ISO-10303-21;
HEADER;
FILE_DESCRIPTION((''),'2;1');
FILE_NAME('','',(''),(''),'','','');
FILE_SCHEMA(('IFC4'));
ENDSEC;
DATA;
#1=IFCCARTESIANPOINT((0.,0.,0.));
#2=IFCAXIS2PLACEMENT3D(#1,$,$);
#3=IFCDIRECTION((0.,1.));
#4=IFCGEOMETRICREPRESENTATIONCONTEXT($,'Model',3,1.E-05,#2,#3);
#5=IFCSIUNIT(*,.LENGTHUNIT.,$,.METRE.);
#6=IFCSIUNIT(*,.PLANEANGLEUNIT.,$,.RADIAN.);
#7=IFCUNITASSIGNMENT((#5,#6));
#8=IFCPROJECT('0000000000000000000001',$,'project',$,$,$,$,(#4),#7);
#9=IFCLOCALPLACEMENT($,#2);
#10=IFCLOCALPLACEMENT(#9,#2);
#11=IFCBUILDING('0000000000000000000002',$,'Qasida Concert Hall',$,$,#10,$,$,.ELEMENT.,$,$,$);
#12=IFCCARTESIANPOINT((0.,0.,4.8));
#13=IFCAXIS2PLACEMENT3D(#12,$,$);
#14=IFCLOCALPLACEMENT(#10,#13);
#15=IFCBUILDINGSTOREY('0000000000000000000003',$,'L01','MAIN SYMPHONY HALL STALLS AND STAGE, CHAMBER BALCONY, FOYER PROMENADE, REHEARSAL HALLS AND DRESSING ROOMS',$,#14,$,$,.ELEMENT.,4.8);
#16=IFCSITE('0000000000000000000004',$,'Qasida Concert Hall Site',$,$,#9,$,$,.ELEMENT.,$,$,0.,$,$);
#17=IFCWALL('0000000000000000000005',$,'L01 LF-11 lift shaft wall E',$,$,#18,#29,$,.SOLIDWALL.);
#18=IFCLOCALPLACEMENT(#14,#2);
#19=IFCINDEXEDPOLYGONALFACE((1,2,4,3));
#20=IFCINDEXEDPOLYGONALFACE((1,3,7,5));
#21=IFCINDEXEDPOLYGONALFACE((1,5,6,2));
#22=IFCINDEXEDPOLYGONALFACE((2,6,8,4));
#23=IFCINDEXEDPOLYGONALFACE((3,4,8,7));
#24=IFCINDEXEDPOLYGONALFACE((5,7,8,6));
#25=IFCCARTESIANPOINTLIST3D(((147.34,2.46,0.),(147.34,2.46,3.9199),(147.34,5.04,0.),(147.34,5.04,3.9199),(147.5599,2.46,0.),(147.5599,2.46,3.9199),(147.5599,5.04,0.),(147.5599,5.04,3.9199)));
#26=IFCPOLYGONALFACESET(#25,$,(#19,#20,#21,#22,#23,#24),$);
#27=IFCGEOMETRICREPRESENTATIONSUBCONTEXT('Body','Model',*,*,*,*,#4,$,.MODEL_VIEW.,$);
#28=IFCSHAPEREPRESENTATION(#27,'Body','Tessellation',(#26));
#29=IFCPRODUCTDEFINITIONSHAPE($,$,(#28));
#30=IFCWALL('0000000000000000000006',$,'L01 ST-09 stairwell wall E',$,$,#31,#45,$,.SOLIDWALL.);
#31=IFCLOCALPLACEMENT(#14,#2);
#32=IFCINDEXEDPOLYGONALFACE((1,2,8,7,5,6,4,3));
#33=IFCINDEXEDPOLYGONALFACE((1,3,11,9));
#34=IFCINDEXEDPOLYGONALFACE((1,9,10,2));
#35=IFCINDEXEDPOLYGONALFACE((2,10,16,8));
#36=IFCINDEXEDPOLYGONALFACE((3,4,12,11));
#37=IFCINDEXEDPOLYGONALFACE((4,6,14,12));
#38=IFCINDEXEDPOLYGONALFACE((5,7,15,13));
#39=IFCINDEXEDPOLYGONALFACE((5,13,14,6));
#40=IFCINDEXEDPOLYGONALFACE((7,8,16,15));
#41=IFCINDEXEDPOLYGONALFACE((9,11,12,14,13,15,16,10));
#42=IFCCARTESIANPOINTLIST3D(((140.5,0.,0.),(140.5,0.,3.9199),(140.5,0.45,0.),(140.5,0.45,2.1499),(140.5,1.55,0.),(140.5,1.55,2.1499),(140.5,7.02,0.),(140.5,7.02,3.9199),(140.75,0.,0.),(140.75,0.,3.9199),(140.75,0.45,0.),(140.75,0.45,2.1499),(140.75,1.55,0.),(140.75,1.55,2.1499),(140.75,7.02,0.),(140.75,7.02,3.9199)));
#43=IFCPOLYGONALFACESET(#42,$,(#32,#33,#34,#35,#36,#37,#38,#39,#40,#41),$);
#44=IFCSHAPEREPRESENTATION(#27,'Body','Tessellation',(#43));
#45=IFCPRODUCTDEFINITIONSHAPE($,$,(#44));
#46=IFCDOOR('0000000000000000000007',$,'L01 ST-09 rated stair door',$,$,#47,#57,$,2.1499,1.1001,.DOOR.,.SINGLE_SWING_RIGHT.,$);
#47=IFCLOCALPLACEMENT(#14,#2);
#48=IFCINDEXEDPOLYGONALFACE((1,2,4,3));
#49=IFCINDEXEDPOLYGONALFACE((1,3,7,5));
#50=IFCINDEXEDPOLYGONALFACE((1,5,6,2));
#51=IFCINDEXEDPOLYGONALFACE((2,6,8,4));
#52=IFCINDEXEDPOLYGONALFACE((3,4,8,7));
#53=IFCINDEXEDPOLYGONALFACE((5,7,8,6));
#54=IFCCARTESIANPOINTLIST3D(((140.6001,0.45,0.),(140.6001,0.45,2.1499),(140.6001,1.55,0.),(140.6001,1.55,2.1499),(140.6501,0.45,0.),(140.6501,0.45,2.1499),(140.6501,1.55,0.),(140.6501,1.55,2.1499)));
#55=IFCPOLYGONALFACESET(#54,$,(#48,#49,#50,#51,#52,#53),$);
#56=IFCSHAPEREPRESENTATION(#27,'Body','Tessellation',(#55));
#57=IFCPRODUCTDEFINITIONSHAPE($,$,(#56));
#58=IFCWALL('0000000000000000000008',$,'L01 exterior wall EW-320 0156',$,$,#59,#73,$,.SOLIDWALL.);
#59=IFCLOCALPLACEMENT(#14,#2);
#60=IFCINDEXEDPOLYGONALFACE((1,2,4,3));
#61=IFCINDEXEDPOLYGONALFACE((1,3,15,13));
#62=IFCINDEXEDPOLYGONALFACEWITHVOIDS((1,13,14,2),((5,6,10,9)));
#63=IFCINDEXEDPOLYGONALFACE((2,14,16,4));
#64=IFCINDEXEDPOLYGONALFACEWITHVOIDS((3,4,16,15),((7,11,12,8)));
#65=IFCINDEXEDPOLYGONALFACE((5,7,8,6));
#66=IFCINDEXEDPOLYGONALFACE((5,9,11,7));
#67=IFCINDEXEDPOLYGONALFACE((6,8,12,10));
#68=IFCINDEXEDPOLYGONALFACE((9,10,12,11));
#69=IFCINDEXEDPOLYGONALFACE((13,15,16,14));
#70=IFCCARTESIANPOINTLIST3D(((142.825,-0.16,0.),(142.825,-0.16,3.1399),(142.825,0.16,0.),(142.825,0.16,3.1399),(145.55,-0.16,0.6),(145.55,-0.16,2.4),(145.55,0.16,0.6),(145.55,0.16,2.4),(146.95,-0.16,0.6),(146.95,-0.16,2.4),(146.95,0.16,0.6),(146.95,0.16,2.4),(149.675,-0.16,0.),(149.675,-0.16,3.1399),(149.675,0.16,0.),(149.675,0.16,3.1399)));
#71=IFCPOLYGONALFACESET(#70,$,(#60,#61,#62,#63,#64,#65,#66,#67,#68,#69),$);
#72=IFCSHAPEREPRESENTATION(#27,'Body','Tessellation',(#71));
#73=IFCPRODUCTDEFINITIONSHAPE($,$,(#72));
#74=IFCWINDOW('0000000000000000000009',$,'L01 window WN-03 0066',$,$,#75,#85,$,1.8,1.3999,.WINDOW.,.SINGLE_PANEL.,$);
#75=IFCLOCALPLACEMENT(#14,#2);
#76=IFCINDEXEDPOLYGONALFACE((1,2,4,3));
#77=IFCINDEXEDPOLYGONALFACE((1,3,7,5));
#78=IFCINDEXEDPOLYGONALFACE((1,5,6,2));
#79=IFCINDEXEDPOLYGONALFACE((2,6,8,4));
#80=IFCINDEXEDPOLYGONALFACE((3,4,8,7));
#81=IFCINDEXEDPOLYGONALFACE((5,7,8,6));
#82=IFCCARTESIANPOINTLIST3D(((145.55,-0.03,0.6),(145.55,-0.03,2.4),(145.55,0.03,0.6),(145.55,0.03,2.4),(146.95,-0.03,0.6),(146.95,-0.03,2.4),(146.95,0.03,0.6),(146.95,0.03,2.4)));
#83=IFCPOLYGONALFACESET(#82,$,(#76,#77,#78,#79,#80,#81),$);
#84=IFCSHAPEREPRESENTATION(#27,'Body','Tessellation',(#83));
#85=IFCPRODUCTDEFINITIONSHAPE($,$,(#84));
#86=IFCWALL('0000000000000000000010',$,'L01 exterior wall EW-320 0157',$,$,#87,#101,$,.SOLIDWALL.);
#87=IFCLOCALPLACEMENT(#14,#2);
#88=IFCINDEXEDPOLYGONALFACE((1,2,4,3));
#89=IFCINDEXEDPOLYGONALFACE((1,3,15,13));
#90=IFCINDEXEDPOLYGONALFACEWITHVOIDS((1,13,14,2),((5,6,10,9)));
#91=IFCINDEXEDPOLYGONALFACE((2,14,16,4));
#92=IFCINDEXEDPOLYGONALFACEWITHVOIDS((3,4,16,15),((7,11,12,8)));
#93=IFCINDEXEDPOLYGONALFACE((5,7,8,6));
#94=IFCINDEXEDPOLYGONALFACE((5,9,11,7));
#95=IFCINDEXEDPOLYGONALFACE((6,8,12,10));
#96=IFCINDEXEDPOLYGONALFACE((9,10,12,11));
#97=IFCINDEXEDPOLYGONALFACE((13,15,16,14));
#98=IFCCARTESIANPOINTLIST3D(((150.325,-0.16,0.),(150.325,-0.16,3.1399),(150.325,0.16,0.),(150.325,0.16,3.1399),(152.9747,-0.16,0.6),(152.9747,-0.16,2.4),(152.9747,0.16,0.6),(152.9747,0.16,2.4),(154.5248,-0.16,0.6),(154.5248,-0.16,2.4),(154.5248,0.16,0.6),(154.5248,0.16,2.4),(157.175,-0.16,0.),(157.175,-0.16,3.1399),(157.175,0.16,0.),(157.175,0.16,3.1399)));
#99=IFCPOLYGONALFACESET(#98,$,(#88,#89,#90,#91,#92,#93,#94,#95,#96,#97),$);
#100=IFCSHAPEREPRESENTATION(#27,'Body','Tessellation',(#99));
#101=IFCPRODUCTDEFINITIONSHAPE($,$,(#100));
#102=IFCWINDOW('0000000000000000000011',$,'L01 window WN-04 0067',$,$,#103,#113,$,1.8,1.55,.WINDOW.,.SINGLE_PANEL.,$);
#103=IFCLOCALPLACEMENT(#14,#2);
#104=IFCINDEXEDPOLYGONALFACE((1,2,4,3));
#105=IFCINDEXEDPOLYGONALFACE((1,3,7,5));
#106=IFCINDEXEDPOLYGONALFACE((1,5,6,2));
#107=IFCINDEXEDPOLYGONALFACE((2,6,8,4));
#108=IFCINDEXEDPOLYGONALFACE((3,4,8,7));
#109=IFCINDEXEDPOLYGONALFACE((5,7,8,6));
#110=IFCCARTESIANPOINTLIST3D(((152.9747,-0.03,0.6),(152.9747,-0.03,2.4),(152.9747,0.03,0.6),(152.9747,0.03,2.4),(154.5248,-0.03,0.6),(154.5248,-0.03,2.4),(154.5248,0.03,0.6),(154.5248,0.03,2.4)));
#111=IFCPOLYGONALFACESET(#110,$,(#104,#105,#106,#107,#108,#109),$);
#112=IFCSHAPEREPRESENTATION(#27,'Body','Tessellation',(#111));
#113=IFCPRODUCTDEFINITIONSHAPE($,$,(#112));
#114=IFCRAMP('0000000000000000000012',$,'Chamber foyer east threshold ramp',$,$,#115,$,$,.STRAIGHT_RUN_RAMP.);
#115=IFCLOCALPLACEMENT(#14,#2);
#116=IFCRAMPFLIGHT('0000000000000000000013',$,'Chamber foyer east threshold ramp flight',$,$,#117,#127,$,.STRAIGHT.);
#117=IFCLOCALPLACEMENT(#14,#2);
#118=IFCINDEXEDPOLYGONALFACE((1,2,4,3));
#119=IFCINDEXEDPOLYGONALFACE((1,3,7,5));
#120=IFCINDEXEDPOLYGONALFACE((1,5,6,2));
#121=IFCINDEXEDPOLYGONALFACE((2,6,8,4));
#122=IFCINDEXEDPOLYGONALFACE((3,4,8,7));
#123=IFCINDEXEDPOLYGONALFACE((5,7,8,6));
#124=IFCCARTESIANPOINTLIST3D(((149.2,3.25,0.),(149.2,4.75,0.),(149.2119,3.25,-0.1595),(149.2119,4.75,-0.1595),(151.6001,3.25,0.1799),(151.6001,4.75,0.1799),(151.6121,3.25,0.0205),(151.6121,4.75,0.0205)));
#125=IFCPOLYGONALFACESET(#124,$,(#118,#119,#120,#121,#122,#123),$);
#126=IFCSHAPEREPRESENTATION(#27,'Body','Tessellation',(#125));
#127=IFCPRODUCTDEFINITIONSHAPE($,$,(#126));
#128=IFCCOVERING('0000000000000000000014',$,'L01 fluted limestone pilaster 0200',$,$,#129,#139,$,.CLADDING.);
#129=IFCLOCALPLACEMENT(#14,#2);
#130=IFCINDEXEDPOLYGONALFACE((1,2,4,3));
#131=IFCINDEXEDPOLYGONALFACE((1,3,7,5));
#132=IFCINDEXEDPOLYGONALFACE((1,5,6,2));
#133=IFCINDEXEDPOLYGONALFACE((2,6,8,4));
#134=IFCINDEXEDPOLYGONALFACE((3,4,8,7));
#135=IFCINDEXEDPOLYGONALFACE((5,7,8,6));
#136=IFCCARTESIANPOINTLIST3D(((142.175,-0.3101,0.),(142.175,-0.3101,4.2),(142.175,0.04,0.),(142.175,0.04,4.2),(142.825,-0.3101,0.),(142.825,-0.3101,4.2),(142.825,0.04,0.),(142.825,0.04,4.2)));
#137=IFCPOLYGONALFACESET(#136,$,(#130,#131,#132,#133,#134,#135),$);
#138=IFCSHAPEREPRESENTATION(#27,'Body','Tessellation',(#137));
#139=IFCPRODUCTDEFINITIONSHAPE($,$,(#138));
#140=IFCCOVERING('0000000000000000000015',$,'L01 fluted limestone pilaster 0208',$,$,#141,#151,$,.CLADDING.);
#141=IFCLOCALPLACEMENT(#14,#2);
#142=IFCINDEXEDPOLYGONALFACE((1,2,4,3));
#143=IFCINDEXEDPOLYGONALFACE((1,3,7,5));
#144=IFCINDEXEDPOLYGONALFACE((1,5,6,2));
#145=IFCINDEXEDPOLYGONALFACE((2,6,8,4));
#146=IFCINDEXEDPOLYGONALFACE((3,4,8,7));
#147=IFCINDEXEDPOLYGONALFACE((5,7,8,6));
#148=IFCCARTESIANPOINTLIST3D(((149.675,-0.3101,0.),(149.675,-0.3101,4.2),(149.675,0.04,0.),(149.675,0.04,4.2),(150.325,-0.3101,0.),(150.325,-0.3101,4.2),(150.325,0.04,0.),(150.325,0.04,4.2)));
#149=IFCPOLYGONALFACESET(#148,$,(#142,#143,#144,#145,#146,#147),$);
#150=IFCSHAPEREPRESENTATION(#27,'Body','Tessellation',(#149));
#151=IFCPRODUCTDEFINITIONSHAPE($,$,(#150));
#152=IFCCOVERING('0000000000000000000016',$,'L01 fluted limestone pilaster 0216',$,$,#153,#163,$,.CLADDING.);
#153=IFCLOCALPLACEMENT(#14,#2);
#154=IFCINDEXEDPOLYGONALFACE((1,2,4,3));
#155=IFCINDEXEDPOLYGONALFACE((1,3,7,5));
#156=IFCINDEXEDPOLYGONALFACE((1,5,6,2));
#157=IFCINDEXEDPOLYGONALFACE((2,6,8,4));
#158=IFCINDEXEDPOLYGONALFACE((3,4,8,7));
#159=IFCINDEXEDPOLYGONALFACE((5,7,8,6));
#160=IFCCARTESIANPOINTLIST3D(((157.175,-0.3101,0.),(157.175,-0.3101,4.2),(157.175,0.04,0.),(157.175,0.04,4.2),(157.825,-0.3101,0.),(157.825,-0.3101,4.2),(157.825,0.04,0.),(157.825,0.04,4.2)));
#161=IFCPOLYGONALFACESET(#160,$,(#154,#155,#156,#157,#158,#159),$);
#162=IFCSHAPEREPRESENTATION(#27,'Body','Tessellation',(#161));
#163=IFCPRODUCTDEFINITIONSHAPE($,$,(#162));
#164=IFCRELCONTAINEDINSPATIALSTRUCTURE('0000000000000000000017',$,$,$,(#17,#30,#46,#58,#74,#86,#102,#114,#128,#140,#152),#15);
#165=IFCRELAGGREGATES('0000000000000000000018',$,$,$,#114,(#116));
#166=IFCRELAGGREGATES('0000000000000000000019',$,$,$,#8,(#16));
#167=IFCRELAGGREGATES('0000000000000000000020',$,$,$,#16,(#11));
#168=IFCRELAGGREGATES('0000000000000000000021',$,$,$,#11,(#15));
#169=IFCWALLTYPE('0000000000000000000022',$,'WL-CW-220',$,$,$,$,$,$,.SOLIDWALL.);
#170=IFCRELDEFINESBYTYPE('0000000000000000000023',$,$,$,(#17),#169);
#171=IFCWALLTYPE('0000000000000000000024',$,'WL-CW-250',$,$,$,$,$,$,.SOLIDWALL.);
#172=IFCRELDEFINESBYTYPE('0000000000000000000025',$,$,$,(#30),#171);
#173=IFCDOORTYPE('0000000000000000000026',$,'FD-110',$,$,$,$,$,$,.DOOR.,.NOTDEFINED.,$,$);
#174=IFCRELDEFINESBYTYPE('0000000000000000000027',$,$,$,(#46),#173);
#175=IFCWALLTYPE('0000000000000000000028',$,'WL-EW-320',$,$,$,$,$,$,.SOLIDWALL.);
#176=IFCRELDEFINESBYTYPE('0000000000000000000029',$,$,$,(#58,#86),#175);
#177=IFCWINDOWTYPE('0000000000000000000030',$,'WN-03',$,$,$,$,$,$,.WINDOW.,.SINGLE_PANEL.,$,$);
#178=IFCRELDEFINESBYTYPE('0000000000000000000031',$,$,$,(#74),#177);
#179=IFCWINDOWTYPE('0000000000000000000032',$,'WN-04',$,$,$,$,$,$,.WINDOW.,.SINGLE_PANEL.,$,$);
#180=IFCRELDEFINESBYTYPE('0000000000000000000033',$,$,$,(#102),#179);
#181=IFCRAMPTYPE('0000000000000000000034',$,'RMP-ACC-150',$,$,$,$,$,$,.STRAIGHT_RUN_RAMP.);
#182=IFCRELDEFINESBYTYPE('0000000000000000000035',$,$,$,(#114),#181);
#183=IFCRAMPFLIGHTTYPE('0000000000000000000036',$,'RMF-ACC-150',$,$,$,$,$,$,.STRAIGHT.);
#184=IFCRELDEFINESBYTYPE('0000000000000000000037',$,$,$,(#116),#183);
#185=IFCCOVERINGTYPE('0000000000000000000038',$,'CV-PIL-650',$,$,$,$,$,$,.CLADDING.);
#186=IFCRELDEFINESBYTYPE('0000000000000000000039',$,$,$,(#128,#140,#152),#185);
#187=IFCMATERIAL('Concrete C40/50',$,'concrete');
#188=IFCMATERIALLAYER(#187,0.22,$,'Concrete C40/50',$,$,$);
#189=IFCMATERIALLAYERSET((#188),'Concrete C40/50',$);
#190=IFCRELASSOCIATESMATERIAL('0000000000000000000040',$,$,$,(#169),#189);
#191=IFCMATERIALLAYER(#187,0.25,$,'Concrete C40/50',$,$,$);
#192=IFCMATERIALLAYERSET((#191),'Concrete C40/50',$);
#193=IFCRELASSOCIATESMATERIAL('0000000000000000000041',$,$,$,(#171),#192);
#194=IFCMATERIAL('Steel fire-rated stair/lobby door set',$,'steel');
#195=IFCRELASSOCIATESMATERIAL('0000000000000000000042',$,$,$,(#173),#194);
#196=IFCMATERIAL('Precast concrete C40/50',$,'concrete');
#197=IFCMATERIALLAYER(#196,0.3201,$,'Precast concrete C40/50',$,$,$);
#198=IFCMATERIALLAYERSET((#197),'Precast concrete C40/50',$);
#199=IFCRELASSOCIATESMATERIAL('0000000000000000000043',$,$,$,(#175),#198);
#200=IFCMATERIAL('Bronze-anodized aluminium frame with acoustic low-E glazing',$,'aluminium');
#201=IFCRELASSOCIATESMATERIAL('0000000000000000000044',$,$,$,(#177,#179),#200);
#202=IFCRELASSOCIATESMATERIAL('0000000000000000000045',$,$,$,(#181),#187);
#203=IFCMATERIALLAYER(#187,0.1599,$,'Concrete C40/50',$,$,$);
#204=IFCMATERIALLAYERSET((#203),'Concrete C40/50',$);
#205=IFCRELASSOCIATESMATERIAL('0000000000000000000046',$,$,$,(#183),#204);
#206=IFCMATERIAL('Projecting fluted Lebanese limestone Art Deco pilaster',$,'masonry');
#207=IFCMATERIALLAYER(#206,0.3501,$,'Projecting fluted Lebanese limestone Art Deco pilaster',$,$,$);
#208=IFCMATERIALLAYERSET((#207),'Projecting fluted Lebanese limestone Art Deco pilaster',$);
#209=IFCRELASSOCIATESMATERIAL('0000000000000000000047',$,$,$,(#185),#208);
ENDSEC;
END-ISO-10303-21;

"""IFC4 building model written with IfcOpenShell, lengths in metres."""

from ifc_helpers import new_model, si_unit, direction, frame, frame_2d, origin, origin_2d, place, context, subcontext, project, spatial, polyline, rectangle, outline, extrude, material, layer, layer_set, type_object, element, fill, aggregate, save


model = new_model("IFC4")

# Units and contexts
model_context = context("Model", 3, precision=1e-05, world=origin(), true_north=direction((0.0, 1.0)))
body_context = subcontext(model_context, "Body", "Model", "MODEL_VIEW")
ifc_project = project(units=[si_unit("LENGTHUNIT", "METRE"), si_unit("PLANEANGLEUNIT", "RADIAN")], contexts=[model_context])

# Site, building, storey
site_placement = place(None, origin())
site = spatial("IfcSite", under=ifc_project, at=site_placement, Name="Qasida Concert Hall Site", CompositionType="ELEMENT", RefElevation=0.0)
building_placement = place(site_placement, origin())
building = spatial("IfcBuilding", under=site, at=building_placement, Name="Qasida Concert Hall", CompositionType="ELEMENT")
storey_placement = place(building_placement, frame((0.0, 0.0, 4.8)))
storey = spatial("IfcBuildingStorey", under=building, at=storey_placement, Name="L01", Description="MAIN SYMPHONY HALL STALLS AND STAGE, CHAMBER BALCONY, FOYER PROMENADE, REHEARSAL HALLS AND DRESSING ROOMS", CompositionType="ELEMENT", Elevation=4.8)

# Shared definitions
ifc_material_1 = material(Name="Concrete C40/50", Category="concrete")

# Shared definitions
ifc_layer_1 = layer(ifc_material_1, 0.22, Name="Concrete C40/50")
ifc_layer_set_1 = layer_set([ifc_layer_1], Name="Concrete C40/50")
wall_type_1 = type_object("IfcWallType", Name="WL-CW-220", PredefinedType="SOLIDWALL", material=ifc_layer_set_1)

# Wall
for number, where, z_axis, x_axis, name in (
    (1, (147.45, 2.46, 0.0), (0.0, 0.0, 1.0), (0.0, 1.0, 0.0), "L01 LF-11 lift shaft wall E"),
):
    element("IfcWall", number, at=place(storey_placement, frame(where, z_axis=z_axis, x_axis=x_axis)), inside=storey, type_object=wall_type_1, Name=name, PredefinedType="SOLIDWALL", context=body_context, shape_type="SweptSolid", body=[
        extrude(rectangle(XDim=2.5801, YDim=0.22, at=frame_2d((1.29, 0.0))), origin(), (0.0, 0.0, 1.0), 3.9199),
    ])

# Wall, opening, door
ifc_layer_2 = layer(ifc_material_1, 0.25, Name="Concrete C40/50")
ifc_layer_set_2 = layer_set([ifc_layer_2], Name="Concrete C40/50")
wall_type_2 = type_object("IfcWallType", Name="WL-CW-250", PredefinedType="SOLIDWALL", material=ifc_layer_set_2)
wall_1_placement = place(storey_placement, frame((140.625, 0.0, 0.0), z_axis=(0.0, 0.0, 1.0), x_axis=(0.0, 1.0, 0.0)))
wall_1 = element("IfcWall", 2, at=wall_1_placement, inside=storey, type_object=wall_type_2, Name="L01 ST-09 stairwell wall E", PredefinedType="SOLIDWALL", context=body_context, shape_type="SweptSolid", body=[
    extrude(rectangle(XDim=7.02, YDim=0.25, at=frame_2d((3.51, 0.0))), origin(), (0.0, 0.0, 1.0), 3.9199),
])
opening_1_placement = place(wall_1_placement, frame((0.45, 0.0, 0.0)))
opening_1 = element("IfcOpeningElement", 3, at=opening_1_placement, cuts=wall_1, PredefinedType="OPENING", context=body_context, shape_type="SweptSolid", body=[
    extrude(rectangle(XDim=1.1001, YDim=2.1499, at=frame_2d((0.55, 1.075))), frame((0.0, 0.135, 0.0), z_axis=(0.0, -1.0, 0.0), x_axis=(1.0, 0.0, 0.0)), (0.0, 0.0, 1.0), 0.27),
])
ifc_material_2 = material(Name="Steel fire-rated stair/lobby door set", Category="steel")
door_type_1 = type_object("IfcDoorType", Name="FD-110", OperationType="NOTDEFINED", PredefinedType="DOOR", material=ifc_material_2)
door_1_placement = place(opening_1_placement, origin())
door_1 = element("IfcDoor", 4, at=door_1_placement, inside=storey, type_object=door_type_1, Name="L01 ST-09 rated stair door", OperationType="SINGLE_SWING_RIGHT", OverallHeight=2.1499, OverallWidth=1.1001, PredefinedType="DOOR", context=body_context, shape_type="SweptSolid", body=[
    extrude(rectangle(XDim=1.1001, YDim=2.1499, at=frame_2d((0.55, 1.075))), frame((0.0, 0.0249, 0.0), z_axis=(0.0, -1.0, 0.0), x_axis=(1.0, 0.0, 0.0)), (0.0, 0.0, 1.0), 0.05),
])
fill(opening_1, door_1)

# Walls, openings, windows
ifc_material_3 = material(Name="Precast concrete C40/50", Category="concrete")
ifc_layer_3 = layer(ifc_material_3, 0.3201, Name="Precast concrete C40/50")
ifc_layer_set_3 = layer_set([ifc_layer_3], Name="Precast concrete C40/50")
wall_type_3 = type_object("IfcWallType", Name="WL-EW-320", PredefinedType="SOLIDWALL", material=ifc_layer_set_3)
wall_2_placement = place(storey_placement, frame((142.825, 0.0, 0.0), z_axis=(0.0, 0.0, 1.0), x_axis=(1.0, 0.0, 0.0)))
wall_2 = element("IfcWall", 5, at=wall_2_placement, inside=storey, type_object=wall_type_3, Name="L01 exterior wall EW-320 0156", PredefinedType="SOLIDWALL", context=body_context, shape_type="SweptSolid", body=[
    extrude(rectangle(XDim=6.8501, YDim=0.3201, at=frame_2d((3.425, 0.0))), origin(), (0.0, 0.0, 1.0), 3.1399),
])
opening_2_placement = place(wall_2_placement, frame((2.7251, 0.0, 0.6001)))
opening_2 = element("IfcOpeningElement", 6, at=opening_2_placement, cuts=wall_2, PredefinedType="OPENING", context=body_context, shape_type="SweptSolid", body=[
    extrude(rectangle(XDim=1.3999, YDim=1.8, at=frame_2d((0.7, 0.8999))), frame((0.0, 0.1699, 0.0), z_axis=(0.0, -1.0, 0.0), x_axis=(1.0, 0.0, 0.0)), (0.0, 0.0, 1.0), 0.3401),
])
ifc_material_4 = material(Name="Bronze-anodized aluminium frame with acoustic low-E glazing", Category="aluminium")
window_type_1 = type_object("IfcWindowType", Name="WN-03", PartitioningType="SINGLE_PANEL", PredefinedType="WINDOW", material=ifc_material_4)
window_1_placement = place(opening_2_placement, origin())
window_1 = element("IfcWindow", 7, at=window_1_placement, inside=storey, type_object=window_type_1, Name="L01 window WN-03 0066", OverallHeight=1.8, OverallWidth=1.3999, PartitioningType="SINGLE_PANEL", PredefinedType="WINDOW", context=body_context, shape_type="SweptSolid", body=[
    extrude(rectangle(XDim=1.3999, YDim=1.8, at=frame_2d((0.7, 0.8999))), frame((0.0, 0.03, 0.0), z_axis=(0.0, -1.0, 0.0), x_axis=(1.0, 0.0, 0.0)), (0.0, 0.0, 1.0), 0.0601),
])
fill(opening_2, window_1)
wall_3_placement = place(storey_placement, frame((150.325, 0.0, 0.0), z_axis=(0.0, 0.0, 1.0), x_axis=(1.0, 0.0, 0.0)))
wall_3 = element("IfcWall", 8, at=wall_3_placement, inside=storey, type_object=wall_type_3, Name="L01 exterior wall EW-320 0157", PredefinedType="SOLIDWALL", context=body_context, shape_type="SweptSolid", body=[
    extrude(rectangle(XDim=6.8501, YDim=0.3201, at=frame_2d((3.425, 0.0))), origin(), (0.0, 0.0, 1.0), 3.1399),
])
opening_3_placement = place(wall_3_placement, frame((2.6499, 0.0, 0.6001)))
opening_3 = element("IfcOpeningElement", 9, at=opening_3_placement, cuts=wall_3, PredefinedType="OPENING", context=body_context, shape_type="SweptSolid", body=[
    extrude(rectangle(XDim=1.55, YDim=1.8, at=frame_2d((0.7749, 0.8999))), frame((0.0, 0.1699, 0.0), z_axis=(0.0, -1.0, 0.0), x_axis=(1.0, 0.0, 0.0)), (0.0, 0.0, 1.0), 0.3401),
])
window_type_2 = type_object("IfcWindowType", Name="WN-04", PartitioningType="SINGLE_PANEL", PredefinedType="WINDOW", material=ifc_material_4)
window_2_placement = place(opening_3_placement, origin())
window_2 = element("IfcWindow", 10, at=window_2_placement, inside=storey, type_object=window_type_2, Name="L01 window WN-04 0067", OverallHeight=1.8, OverallWidth=1.55, PartitioningType="SINGLE_PANEL", PredefinedType="WINDOW", context=body_context, shape_type="SweptSolid", body=[
    extrude(rectangle(XDim=1.55, YDim=1.8, at=frame_2d((0.7749, 0.8999))), frame((0.0, 0.03, 0.0), z_axis=(0.0, -1.0, 0.0), x_axis=(1.0, 0.0, 0.0)), (0.0, 0.0, 1.0), 0.0601),
])
fill(opening_3, window_2)

# Ramp, ramp flight
ramp_type = type_object("IfcRampType", Name="RMP-ACC-150", PredefinedType="STRAIGHT_RUN_RAMP", material=ifc_material_1)
ramp_placement = place(storey_placement, origin())
ramp = element("IfcRamp", 11, at=ramp_placement, inside=storey, type_object=ramp_type, Name="Chamber foyer east threshold ramp", PredefinedType="STRAIGHT_RUN_RAMP")
ifc_layer_4 = layer(ifc_material_1, 0.1599, Name="Concrete C40/50")
ifc_layer_set_4 = layer_set([ifc_layer_4], Name="Concrete C40/50")
ramp_flight_type = type_object("IfcRampFlightType", Name="RMF-ACC-150", PredefinedType="STRAIGHT", material=ifc_layer_set_4)
ramp_flight_placement = place(storey_placement, frame((149.2, 3.25, 0.0), z_axis=(-0.074757, 0.0, 0.997202), x_axis=(0.997202, 0.0, 0.074757)))
ramp_flight = element("IfcRampFlight", 12, at=ramp_flight_placement, type_object=ramp_flight_type, Name="Chamber foyer east threshold ramp flight", PredefinedType="STRAIGHT", context=body_context, shape_type="SweptSolid", body=[
    extrude(outline(polyline([(0.0, 0.0), (2.4069, 0.0), (2.4069, 1.5), (0.0, 1.5), (0.0, 0.0)])), origin(), (0.0, 0.0, -1.0), 0.1599),
])
aggregate(ramp, [ramp_flight])

# Coverings
ifc_material_5 = material(Name="Projecting fluted Lebanese limestone Art Deco pilaster", Category="masonry")
ifc_layer_5 = layer(ifc_material_5, 0.3501, Name="Projecting fluted Lebanese limestone Art Deco pilaster")
ifc_layer_set_5 = layer_set([ifc_layer_5], Name="Projecting fluted Lebanese limestone Art Deco pilaster")
covering_type = type_object("IfcCoveringType", Name="CV-PIL-650", PredefinedType="CLADDING", material=ifc_layer_set_5)
for number, where, z_axis, x_axis, name in (
    (13, (142.5, -0.135, 0.0), (0.0, 0.0, 1.0), (1.0, 0.0, 0.0), "L01 fluted limestone pilaster 0200"),
    (14, (150.0, -0.135, 0.0), (0.0, 0.0, 1.0), (1.0, 0.0, 0.0), "L01 fluted limestone pilaster 0208"),
    (15, (157.5, -0.135, 0.0), (0.0, 0.0, 1.0), (1.0, 0.0, 0.0), "L01 fluted limestone pilaster 0216"),
):
    element("IfcCovering", number, at=place(storey_placement, frame(where, z_axis=z_axis, x_axis=x_axis)), inside=storey, type_object=covering_type, Name=name, PredefinedType="CLADDING", context=body_context, shape_type="SweptSolid", body=[
        extrude(rectangle(XDim=0.6499, YDim=0.3501, at=origin_2d()), origin(), (0.0, 0.0, 1.0), 4.2),
    ])

save(model, "model.ifc")
